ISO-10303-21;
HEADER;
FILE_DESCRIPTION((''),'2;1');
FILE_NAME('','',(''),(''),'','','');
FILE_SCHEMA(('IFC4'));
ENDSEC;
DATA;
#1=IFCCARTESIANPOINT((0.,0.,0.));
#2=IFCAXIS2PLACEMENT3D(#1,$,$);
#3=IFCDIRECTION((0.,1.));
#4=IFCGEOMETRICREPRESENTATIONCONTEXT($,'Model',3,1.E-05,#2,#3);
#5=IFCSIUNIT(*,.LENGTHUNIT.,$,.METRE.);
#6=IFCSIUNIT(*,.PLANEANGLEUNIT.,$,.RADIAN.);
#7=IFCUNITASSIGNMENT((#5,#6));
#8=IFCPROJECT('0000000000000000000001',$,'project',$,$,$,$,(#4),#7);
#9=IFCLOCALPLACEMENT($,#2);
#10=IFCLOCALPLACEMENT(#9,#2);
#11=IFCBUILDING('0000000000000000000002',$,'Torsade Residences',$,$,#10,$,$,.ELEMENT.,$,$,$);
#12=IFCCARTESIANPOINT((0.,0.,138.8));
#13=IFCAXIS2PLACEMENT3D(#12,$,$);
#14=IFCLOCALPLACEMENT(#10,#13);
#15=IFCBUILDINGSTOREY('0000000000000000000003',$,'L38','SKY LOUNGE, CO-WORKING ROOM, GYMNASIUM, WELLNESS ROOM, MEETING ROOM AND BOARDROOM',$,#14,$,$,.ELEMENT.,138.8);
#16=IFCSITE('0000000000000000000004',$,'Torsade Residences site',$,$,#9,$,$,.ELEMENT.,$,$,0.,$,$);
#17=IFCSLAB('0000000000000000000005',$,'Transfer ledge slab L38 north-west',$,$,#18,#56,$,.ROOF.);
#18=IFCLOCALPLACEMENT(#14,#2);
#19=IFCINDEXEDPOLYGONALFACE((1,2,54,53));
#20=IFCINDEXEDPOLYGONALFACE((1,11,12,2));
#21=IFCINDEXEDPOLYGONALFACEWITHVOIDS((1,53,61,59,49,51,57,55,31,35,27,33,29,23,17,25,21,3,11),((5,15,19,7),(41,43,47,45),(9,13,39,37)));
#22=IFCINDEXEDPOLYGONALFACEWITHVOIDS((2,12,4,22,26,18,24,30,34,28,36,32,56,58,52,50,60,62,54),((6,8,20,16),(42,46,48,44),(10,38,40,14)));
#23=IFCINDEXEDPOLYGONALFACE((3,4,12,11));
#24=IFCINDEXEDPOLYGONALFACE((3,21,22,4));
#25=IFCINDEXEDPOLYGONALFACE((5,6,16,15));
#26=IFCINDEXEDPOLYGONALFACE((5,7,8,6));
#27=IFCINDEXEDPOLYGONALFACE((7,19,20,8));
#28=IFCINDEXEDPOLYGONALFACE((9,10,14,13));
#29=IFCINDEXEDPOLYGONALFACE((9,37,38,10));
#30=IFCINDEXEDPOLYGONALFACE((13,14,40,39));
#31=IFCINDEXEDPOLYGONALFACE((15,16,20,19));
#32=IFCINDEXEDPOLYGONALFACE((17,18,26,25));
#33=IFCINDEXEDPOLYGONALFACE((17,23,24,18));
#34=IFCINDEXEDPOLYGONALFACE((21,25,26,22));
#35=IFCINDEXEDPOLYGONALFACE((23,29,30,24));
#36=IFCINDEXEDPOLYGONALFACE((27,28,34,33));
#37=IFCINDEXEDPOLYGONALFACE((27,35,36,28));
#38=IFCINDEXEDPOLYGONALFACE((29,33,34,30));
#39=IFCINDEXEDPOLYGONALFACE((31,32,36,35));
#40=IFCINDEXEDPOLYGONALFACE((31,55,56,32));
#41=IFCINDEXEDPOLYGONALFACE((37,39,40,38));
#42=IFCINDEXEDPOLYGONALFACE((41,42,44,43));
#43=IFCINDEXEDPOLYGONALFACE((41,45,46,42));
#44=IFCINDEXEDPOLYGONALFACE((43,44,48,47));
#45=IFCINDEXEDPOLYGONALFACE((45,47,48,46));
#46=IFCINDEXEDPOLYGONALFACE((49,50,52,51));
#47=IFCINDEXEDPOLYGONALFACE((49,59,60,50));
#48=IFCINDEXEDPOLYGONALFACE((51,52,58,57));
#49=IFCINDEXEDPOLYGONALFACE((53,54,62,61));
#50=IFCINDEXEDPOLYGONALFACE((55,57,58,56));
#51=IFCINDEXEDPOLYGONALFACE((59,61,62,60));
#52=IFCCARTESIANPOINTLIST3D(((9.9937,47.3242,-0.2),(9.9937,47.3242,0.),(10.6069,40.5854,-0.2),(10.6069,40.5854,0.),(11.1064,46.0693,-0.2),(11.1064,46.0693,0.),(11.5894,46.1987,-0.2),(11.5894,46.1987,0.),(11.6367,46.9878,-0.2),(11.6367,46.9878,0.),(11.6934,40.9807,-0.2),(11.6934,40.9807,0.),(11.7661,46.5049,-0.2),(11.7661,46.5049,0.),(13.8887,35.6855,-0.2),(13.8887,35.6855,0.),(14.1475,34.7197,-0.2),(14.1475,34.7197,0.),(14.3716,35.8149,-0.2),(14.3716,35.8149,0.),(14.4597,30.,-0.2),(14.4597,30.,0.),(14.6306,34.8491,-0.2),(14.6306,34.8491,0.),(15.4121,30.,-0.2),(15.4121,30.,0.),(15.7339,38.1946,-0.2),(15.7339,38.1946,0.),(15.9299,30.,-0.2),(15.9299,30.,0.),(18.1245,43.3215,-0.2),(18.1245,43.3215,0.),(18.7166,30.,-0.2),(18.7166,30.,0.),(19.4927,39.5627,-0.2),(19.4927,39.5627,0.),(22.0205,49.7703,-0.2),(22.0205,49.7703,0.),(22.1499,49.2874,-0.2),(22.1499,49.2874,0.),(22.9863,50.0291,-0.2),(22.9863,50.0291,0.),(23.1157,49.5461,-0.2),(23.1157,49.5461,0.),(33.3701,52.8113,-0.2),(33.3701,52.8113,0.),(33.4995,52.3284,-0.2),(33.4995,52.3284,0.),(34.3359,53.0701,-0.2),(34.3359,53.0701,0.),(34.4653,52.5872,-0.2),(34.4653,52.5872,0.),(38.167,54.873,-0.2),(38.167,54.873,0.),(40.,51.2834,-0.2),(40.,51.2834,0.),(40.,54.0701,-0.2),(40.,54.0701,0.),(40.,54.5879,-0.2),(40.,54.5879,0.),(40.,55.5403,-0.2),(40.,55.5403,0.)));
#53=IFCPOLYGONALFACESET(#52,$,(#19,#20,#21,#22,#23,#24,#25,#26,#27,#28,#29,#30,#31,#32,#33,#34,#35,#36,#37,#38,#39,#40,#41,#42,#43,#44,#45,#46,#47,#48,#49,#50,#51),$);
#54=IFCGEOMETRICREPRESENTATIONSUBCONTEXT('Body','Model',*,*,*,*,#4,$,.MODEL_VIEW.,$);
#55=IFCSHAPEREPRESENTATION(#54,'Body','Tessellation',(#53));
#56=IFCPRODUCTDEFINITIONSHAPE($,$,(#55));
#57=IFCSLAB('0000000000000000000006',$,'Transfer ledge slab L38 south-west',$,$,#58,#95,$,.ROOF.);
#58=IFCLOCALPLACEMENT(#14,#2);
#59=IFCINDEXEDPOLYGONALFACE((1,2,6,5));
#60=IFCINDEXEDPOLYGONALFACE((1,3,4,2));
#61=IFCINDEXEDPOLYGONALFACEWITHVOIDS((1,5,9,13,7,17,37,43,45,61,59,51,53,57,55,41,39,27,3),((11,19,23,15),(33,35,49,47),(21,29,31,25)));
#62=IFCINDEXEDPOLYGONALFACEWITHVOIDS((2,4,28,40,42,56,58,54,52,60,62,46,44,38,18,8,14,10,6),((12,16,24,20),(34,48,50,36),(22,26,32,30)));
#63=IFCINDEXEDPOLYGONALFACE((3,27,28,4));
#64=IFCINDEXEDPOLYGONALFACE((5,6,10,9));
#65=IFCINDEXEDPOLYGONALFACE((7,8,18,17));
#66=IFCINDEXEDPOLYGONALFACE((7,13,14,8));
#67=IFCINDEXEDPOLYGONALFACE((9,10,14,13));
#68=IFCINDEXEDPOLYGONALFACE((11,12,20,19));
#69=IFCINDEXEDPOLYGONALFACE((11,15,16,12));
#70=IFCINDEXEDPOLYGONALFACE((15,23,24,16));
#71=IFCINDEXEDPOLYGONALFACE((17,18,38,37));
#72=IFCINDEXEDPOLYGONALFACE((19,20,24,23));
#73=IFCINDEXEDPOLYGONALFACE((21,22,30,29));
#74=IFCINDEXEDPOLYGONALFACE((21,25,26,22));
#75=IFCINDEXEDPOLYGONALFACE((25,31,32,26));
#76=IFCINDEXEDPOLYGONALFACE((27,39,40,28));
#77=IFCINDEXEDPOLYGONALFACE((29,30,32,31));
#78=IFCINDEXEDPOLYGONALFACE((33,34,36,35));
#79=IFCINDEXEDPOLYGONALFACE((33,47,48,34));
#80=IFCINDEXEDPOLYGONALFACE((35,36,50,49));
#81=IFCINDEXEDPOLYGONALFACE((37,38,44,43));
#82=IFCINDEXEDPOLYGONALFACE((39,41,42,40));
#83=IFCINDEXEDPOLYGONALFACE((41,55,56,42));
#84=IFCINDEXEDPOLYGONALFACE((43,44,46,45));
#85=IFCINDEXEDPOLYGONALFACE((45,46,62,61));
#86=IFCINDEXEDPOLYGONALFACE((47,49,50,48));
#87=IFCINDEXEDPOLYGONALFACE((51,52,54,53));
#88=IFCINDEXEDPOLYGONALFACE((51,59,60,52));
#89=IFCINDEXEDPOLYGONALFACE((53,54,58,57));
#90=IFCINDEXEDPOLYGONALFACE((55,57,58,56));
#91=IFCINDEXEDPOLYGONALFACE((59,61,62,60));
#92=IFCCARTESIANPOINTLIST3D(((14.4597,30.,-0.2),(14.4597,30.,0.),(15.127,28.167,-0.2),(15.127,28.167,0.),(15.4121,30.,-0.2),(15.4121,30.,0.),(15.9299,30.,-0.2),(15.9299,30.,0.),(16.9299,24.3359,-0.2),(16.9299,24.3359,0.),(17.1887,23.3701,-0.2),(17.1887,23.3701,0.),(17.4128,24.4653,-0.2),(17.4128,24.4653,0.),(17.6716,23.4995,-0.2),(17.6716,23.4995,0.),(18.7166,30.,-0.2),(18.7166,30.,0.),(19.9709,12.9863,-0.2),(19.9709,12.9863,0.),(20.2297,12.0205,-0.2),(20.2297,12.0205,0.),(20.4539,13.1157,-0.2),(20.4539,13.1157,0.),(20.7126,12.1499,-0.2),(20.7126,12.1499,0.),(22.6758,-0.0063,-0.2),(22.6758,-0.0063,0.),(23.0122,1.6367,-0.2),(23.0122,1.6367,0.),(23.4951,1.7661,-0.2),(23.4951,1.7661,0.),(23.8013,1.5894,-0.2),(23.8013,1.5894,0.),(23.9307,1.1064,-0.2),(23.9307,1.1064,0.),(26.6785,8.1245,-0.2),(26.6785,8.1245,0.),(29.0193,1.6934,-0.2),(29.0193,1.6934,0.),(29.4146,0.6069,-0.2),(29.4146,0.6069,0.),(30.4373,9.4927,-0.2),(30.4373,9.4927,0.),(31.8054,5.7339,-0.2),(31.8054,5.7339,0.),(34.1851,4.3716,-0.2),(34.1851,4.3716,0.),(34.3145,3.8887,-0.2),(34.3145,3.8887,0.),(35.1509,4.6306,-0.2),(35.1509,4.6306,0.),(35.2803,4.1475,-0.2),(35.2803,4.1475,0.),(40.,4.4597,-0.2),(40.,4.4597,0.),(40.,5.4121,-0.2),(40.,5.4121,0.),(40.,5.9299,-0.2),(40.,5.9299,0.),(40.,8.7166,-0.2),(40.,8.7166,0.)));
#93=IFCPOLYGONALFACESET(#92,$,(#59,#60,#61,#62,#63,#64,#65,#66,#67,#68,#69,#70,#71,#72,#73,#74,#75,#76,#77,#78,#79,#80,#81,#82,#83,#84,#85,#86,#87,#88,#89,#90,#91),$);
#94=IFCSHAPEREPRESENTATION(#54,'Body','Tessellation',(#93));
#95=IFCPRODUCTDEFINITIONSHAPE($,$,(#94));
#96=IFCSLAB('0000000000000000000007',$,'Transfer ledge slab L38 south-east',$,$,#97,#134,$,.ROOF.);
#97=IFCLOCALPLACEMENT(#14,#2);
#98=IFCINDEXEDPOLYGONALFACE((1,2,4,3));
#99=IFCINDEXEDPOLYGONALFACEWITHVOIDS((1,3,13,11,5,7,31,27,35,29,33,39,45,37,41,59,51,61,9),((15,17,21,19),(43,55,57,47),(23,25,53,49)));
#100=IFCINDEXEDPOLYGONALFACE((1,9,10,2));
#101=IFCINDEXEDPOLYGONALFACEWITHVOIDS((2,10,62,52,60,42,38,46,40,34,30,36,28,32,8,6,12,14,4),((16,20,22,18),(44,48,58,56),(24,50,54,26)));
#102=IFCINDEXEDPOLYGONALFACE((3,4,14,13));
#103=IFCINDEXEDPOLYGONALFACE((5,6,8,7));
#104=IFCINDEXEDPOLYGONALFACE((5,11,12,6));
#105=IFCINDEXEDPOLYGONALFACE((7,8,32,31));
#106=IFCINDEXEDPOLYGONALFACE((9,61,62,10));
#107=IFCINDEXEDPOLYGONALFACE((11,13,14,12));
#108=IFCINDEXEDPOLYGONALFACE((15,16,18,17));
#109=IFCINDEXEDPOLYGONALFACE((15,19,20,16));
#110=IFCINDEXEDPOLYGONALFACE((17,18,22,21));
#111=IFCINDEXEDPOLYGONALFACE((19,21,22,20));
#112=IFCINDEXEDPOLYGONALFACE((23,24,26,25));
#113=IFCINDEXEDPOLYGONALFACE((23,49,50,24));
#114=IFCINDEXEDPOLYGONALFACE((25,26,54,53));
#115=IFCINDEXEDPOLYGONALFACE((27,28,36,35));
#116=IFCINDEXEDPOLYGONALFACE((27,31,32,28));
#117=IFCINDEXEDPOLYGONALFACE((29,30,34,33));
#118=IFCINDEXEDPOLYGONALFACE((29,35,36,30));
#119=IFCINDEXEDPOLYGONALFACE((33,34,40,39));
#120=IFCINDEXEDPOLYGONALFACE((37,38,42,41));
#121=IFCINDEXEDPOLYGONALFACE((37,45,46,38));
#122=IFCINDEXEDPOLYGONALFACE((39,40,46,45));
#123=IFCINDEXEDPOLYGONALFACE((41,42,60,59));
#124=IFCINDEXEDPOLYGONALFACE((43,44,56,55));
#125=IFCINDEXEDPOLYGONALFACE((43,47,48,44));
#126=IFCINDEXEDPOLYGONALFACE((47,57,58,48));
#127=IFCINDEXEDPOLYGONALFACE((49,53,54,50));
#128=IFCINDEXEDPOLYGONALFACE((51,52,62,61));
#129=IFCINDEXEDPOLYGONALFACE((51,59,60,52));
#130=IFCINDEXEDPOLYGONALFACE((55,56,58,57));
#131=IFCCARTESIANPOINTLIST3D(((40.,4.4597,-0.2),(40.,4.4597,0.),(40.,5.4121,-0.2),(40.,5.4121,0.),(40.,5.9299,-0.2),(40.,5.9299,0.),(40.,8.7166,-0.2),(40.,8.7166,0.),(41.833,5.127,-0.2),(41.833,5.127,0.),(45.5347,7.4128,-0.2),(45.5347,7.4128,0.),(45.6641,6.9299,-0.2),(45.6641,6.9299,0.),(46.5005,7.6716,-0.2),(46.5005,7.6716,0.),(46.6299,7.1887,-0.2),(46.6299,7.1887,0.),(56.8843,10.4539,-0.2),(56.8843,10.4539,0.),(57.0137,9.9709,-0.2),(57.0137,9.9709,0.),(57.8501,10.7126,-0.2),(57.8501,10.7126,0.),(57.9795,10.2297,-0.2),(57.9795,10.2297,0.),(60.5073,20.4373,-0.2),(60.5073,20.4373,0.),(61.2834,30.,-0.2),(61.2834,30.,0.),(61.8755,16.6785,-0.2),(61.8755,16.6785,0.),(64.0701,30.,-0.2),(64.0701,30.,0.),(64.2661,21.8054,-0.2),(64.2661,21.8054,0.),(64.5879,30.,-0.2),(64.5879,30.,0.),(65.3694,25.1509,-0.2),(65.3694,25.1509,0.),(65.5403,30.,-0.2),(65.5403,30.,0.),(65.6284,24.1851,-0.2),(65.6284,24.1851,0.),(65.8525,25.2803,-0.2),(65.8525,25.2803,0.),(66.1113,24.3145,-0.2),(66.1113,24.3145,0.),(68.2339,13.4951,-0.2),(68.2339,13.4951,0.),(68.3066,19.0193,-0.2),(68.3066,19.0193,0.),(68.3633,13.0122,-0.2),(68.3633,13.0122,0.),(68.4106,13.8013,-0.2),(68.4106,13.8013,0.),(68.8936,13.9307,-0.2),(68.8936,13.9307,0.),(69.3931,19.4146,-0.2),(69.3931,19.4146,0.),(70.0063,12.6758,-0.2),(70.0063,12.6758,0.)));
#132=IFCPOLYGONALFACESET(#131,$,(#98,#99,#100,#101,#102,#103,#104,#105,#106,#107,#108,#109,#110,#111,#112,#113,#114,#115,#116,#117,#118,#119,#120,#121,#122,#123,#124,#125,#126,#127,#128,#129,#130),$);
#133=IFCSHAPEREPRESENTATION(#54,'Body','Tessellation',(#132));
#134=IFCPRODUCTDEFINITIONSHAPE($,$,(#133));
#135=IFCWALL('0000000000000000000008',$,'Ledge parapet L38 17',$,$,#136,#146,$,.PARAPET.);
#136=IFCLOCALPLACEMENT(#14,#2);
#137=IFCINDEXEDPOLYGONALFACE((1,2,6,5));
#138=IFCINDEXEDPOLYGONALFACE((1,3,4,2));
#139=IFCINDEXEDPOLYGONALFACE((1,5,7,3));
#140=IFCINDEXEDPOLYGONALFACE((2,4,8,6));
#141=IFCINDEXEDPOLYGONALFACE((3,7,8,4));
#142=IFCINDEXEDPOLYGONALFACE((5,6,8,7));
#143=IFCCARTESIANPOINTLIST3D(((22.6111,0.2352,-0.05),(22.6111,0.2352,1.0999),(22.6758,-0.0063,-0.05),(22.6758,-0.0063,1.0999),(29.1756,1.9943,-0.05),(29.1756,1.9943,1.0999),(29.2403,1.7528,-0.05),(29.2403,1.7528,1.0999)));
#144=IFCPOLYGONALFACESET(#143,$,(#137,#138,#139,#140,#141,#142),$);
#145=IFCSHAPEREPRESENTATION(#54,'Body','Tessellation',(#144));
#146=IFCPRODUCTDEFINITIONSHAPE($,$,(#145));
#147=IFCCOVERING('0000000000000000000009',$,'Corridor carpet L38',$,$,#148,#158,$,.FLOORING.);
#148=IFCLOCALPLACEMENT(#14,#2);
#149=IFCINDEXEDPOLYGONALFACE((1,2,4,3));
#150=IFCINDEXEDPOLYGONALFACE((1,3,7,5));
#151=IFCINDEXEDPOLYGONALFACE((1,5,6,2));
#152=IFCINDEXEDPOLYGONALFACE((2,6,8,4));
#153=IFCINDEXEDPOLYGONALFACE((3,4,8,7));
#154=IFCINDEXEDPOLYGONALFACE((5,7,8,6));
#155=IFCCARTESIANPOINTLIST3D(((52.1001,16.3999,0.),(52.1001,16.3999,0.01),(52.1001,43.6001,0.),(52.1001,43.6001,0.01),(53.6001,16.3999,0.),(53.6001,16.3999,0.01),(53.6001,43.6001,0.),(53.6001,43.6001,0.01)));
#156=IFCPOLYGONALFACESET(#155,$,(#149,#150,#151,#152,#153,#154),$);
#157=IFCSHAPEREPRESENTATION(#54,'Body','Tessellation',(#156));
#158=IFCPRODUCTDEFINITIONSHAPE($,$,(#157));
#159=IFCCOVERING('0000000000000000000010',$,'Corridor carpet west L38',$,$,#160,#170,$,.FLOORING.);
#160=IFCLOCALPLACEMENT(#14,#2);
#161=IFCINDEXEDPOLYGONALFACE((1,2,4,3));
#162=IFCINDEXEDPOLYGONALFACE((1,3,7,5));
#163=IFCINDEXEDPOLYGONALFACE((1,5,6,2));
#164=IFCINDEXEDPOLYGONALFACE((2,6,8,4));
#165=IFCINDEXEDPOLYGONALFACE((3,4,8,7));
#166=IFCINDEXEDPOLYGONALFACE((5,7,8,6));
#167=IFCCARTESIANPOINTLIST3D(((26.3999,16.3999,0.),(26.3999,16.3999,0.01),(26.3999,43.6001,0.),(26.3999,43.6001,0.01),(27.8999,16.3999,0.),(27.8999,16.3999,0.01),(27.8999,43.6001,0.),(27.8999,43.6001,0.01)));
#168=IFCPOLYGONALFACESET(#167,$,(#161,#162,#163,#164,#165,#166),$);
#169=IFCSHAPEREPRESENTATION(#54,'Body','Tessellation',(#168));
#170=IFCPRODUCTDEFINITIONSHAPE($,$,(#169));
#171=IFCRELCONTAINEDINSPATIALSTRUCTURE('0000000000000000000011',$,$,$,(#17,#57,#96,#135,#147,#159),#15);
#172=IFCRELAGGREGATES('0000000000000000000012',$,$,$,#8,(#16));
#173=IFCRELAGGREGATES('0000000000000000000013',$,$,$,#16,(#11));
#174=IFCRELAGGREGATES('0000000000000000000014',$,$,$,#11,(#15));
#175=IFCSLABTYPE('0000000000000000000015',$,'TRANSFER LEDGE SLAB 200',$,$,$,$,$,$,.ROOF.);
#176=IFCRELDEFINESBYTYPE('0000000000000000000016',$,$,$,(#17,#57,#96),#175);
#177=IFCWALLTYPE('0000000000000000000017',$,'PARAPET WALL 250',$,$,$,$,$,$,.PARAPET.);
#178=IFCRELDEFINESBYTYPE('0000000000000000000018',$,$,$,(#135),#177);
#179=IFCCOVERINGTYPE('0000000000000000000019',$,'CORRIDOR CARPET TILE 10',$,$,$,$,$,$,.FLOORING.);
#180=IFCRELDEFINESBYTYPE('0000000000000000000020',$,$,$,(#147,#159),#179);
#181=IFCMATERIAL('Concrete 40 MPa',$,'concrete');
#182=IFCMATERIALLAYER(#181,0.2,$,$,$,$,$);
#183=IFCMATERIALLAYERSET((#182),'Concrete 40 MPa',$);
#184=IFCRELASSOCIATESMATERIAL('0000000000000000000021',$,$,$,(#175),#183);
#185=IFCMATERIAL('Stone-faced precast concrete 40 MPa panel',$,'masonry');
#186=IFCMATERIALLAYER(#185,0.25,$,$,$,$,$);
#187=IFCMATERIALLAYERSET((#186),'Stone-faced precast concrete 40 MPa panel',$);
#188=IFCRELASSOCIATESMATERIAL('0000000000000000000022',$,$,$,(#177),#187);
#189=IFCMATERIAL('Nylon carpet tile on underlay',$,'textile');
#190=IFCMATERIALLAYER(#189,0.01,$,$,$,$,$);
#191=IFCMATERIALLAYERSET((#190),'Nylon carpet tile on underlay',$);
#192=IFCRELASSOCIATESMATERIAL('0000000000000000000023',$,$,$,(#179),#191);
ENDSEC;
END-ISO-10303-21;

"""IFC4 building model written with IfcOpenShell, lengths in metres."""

from ifc_helpers import new_model, si_unit, direction, frame, frame_2d, origin, place, context, subcontext, project, spatial, polyline, rectangle, outline, extrude, material, layer, layer_set, type_object, element, save


model = new_model("IFC4")

# Units and contexts
model_context = context("Model", 3, precision=1e-05, world=origin(), true_north=direction((0.0, 1.0)))
body_context = subcontext(model_context, "Body", "Model", "MODEL_VIEW")
ifc_project = project(units=[si_unit("LENGTHUNIT", "METRE"), si_unit("PLANEANGLEUNIT", "RADIAN")], contexts=[model_context])

# Site, building, storey
site_placement = place(None, origin())
site = spatial("IfcSite", under=ifc_project, at=site_placement, Name="Torsade Residences site", CompositionType="ELEMENT", RefElevation=0.0)
building_placement = place(site_placement, origin())
building = spatial("IfcBuilding", under=site, at=building_placement, Name="Torsade Residences", CompositionType="ELEMENT")
storey_placement = place(building_placement, frame((0.0, 0.0, 138.8)))
storey = spatial("IfcBuildingStorey", under=building, at=storey_placement, Name="L38", Description="SKY LOUNGE, CO-WORKING ROOM, GYMNASIUM, WELLNESS ROOM, MEETING ROOM AND BOARDROOM", CompositionType="ELEMENT", Elevation=138.8)

# Slabs
ifc_material_1 = material(Name="Concrete 40 MPa", Category="concrete")
ifc_layer_1 = layer(ifc_material_1, 0.2)
ifc_layer_set_1 = layer_set([ifc_layer_1], Name="Concrete 40 MPa")
slab_type_1 = type_object("IfcSlabType", Name="TRANSFER LEDGE SLAB 200", PredefinedType="ROOF", material=ifc_layer_set_1)
slab_1_placement = place(storey_placement, frame((0.0, 0.0, -0.2)))
element("IfcSlab", 1, at=slab_1_placement, inside=storey, type_object=slab_type_1, Name="Transfer ledge slab L38 north-west", PredefinedType="ROOF", context=body_context, shape_type="SweptSolid", body=[
    extrude(outline(polyline([(10.6069, 40.5854), (14.4597, 30.0), (15.4121, 30.0), (14.1475, 34.7197), (14.6306, 34.8491), (15.9299, 30.0), (18.7166, 30.0), (15.7339, 38.1946), (19.4927, 39.5627), (18.1245, 43.3215), (40.0, 51.2834), (40.0, 54.0701), (34.4653, 52.5872), (34.3359, 53.0701), (40.0, 54.5879), (40.0, 55.5403), (38.167, 54.873), (9.9937, 47.3242), (11.6934, 40.9807), (10.6069, 40.5854)]), holes=[polyline([(33.3701, 52.8113), (22.9863, 50.0291), (23.1157, 49.5461), (33.4995, 52.3284), (33.3701, 52.8113)]), polyline([(22.0205, 49.7703), (11.6367, 46.9878), (11.7661, 46.5049), (22.1499, 49.2874), (22.0205, 49.7703)]), polyline([(11.1064, 46.0693), (13.8887, 35.6855), (14.3716, 35.8149), (11.5894, 46.1987), (11.1064, 46.0693)])]), origin(), (0.0, 0.0, 1.0), 0.2),
])
slab_2_placement = place(storey_placement, frame((0.0, 0.0, -0.2)))
element("IfcSlab", 2, at=slab_2_placement, inside=storey, type_object=slab_type_1, Name="Transfer ledge slab L38 south-west", PredefinedType="ROOF", context=body_context, shape_type="SweptSolid", body=[
    extrude(outline(polyline([(40.0, 4.4597), (40.0, 5.4121), (35.2803, 4.1475), (35.1509, 4.6306), (40.0, 5.9299), (40.0, 8.7166), (31.8054, 5.7339), (30.4373, 9.4927), (26.6785, 8.1245), (18.7166, 30.0), (15.9299, 30.0), (17.4128, 24.4653), (16.9299, 24.3359), (15.4121, 30.0), (14.4597, 30.0), (15.127, 28.167), (22.6758, -0.0063), (29.0193, 1.6934), (29.4146, 0.6069), (40.0, 4.4597)]), holes=[polyline([(23.9307, 1.1064), (34.3145, 3.8887), (34.1851, 4.3716), (23.8013, 1.5894), (23.9307, 1.1064)]), polyline([(20.2297, 12.0205), (23.0122, 1.6367), (23.4951, 1.7661), (20.7126, 12.1499), (20.2297, 12.0205)]), polyline([(17.1887, 23.3701), (19.9709, 12.9863), (20.4539, 13.1157), (17.6716, 23.4995), (17.1887, 23.3701)])]), origin(), (0.0, 0.0, 1.0), 0.2),
])
slab_3_placement = place(storey_placement, frame((0.0, 0.0, -0.2)))
element("IfcSlab", 3, at=slab_3_placement, inside=storey, type_object=slab_type_1, Name="Transfer ledge slab L38 south-east", PredefinedType="ROOF", context=body_context, shape_type="SweptSolid", body=[
    extrude(outline(polyline([(65.5403, 30.0), (64.5879, 30.0), (65.8525, 25.2803), (65.3694, 25.1509), (64.0701, 30.0), (61.2834, 30.0), (64.2661, 21.8054), (60.5073, 20.4373), (61.8755, 16.6785), (40.0, 8.7166), (40.0, 5.9299), (45.5347, 7.4128), (45.6641, 6.9299), (40.0, 5.4121), (40.0, 4.4597), (41.833, 5.127), (70.0063, 12.6758), (68.3066, 19.0193), (69.3931, 19.4146), (65.5403, 30.0)]), holes=[polyline([(65.6284, 24.1851), (68.4106, 13.8013), (68.8936, 13.9307), (66.1113, 24.3145), (65.6284, 24.1851)]), polyline([(57.8501, 10.7126), (57.9795, 10.2297), (68.3633, 13.0122), (68.2339, 13.4951), (57.8501, 10.7126)]), polyline([(46.6299, 7.1887), (57.0137, 9.9709), (56.8843, 10.4539), (46.5005, 7.6716), (46.6299, 7.1887)])]), origin(), (0.0, 0.0, 1.0), 0.2),
])

# Wall
ifc_material_2 = material(Name="Stone-faced precast concrete 40 MPa panel", Category="masonry")
ifc_layer_2 = layer(ifc_material_2, 0.25)
ifc_layer_set_2 = layer_set([ifc_layer_2], Name="Stone-faced precast concrete 40 MPa panel")
wall_type = type_object("IfcWallType", Name="PARAPET WALL 250", PredefinedType="PARAPET", material=ifc_layer_set_2)
wall_placement = place(storey_placement, frame((22.6436, 0.1145, -0.05), z_axis=(0.0, 0.0, 1.0), x_axis=(0.965922, 0.258832, 0.0)))
element("IfcWall", 4, at=wall_placement, inside=storey, type_object=wall_type, Name="Ledge parapet L38 17", PredefinedType="PARAPET", context=body_context, shape_type="SweptSolid", body=[
    extrude(rectangle(XDim=6.7961, YDim=0.25, at=frame_2d((3.3979, 0.0))), origin(), (0.0, 0.0, 1.0), 1.1499),
])

# Coverings
ifc_material_3 = material(Name="Nylon carpet tile on underlay", Category="textile")
ifc_layer_3 = layer(ifc_material_3, 0.01)
ifc_layer_set_3 = layer_set([ifc_layer_3], Name="Nylon carpet tile on underlay")
covering_type_1 = type_object("IfcCoveringType", Name="CORRIDOR CARPET TILE 10", PredefinedType="FLOORING", material=ifc_layer_set_3)
covering_1_placement = place(storey_placement, origin())
element("IfcCovering", 5, at=covering_1_placement, inside=storey, type_object=covering_type_1, Name="Corridor carpet L38", PredefinedType="FLOORING", context=body_context, shape_type="SweptSolid", body=[
    extrude(outline(polyline([(53.6001, 16.3999), (53.6001, 43.6001), (52.1001, 43.6001), (52.1001, 16.3999), (53.6001, 16.3999)])), origin(), (0.0, 0.0, 1.0), 0.01),
])
covering_2_placement = place(storey_placement, origin())
element("IfcCovering", 6, at=covering_2_placement, inside=storey, type_object=covering_type_1, Name="Corridor carpet west L38", PredefinedType="FLOORING", context=body_context, shape_type="SweptSolid", body=[
    extrude(outline(polyline([(27.8999, 16.3999), (27.8999, 43.6001), (26.3999, 43.6001), (26.3999, 16.3999), (27.8999, 16.3999)])), origin(), (0.0, 0.0, 1.0), 0.01),
])

save(model, "model.ifc")
